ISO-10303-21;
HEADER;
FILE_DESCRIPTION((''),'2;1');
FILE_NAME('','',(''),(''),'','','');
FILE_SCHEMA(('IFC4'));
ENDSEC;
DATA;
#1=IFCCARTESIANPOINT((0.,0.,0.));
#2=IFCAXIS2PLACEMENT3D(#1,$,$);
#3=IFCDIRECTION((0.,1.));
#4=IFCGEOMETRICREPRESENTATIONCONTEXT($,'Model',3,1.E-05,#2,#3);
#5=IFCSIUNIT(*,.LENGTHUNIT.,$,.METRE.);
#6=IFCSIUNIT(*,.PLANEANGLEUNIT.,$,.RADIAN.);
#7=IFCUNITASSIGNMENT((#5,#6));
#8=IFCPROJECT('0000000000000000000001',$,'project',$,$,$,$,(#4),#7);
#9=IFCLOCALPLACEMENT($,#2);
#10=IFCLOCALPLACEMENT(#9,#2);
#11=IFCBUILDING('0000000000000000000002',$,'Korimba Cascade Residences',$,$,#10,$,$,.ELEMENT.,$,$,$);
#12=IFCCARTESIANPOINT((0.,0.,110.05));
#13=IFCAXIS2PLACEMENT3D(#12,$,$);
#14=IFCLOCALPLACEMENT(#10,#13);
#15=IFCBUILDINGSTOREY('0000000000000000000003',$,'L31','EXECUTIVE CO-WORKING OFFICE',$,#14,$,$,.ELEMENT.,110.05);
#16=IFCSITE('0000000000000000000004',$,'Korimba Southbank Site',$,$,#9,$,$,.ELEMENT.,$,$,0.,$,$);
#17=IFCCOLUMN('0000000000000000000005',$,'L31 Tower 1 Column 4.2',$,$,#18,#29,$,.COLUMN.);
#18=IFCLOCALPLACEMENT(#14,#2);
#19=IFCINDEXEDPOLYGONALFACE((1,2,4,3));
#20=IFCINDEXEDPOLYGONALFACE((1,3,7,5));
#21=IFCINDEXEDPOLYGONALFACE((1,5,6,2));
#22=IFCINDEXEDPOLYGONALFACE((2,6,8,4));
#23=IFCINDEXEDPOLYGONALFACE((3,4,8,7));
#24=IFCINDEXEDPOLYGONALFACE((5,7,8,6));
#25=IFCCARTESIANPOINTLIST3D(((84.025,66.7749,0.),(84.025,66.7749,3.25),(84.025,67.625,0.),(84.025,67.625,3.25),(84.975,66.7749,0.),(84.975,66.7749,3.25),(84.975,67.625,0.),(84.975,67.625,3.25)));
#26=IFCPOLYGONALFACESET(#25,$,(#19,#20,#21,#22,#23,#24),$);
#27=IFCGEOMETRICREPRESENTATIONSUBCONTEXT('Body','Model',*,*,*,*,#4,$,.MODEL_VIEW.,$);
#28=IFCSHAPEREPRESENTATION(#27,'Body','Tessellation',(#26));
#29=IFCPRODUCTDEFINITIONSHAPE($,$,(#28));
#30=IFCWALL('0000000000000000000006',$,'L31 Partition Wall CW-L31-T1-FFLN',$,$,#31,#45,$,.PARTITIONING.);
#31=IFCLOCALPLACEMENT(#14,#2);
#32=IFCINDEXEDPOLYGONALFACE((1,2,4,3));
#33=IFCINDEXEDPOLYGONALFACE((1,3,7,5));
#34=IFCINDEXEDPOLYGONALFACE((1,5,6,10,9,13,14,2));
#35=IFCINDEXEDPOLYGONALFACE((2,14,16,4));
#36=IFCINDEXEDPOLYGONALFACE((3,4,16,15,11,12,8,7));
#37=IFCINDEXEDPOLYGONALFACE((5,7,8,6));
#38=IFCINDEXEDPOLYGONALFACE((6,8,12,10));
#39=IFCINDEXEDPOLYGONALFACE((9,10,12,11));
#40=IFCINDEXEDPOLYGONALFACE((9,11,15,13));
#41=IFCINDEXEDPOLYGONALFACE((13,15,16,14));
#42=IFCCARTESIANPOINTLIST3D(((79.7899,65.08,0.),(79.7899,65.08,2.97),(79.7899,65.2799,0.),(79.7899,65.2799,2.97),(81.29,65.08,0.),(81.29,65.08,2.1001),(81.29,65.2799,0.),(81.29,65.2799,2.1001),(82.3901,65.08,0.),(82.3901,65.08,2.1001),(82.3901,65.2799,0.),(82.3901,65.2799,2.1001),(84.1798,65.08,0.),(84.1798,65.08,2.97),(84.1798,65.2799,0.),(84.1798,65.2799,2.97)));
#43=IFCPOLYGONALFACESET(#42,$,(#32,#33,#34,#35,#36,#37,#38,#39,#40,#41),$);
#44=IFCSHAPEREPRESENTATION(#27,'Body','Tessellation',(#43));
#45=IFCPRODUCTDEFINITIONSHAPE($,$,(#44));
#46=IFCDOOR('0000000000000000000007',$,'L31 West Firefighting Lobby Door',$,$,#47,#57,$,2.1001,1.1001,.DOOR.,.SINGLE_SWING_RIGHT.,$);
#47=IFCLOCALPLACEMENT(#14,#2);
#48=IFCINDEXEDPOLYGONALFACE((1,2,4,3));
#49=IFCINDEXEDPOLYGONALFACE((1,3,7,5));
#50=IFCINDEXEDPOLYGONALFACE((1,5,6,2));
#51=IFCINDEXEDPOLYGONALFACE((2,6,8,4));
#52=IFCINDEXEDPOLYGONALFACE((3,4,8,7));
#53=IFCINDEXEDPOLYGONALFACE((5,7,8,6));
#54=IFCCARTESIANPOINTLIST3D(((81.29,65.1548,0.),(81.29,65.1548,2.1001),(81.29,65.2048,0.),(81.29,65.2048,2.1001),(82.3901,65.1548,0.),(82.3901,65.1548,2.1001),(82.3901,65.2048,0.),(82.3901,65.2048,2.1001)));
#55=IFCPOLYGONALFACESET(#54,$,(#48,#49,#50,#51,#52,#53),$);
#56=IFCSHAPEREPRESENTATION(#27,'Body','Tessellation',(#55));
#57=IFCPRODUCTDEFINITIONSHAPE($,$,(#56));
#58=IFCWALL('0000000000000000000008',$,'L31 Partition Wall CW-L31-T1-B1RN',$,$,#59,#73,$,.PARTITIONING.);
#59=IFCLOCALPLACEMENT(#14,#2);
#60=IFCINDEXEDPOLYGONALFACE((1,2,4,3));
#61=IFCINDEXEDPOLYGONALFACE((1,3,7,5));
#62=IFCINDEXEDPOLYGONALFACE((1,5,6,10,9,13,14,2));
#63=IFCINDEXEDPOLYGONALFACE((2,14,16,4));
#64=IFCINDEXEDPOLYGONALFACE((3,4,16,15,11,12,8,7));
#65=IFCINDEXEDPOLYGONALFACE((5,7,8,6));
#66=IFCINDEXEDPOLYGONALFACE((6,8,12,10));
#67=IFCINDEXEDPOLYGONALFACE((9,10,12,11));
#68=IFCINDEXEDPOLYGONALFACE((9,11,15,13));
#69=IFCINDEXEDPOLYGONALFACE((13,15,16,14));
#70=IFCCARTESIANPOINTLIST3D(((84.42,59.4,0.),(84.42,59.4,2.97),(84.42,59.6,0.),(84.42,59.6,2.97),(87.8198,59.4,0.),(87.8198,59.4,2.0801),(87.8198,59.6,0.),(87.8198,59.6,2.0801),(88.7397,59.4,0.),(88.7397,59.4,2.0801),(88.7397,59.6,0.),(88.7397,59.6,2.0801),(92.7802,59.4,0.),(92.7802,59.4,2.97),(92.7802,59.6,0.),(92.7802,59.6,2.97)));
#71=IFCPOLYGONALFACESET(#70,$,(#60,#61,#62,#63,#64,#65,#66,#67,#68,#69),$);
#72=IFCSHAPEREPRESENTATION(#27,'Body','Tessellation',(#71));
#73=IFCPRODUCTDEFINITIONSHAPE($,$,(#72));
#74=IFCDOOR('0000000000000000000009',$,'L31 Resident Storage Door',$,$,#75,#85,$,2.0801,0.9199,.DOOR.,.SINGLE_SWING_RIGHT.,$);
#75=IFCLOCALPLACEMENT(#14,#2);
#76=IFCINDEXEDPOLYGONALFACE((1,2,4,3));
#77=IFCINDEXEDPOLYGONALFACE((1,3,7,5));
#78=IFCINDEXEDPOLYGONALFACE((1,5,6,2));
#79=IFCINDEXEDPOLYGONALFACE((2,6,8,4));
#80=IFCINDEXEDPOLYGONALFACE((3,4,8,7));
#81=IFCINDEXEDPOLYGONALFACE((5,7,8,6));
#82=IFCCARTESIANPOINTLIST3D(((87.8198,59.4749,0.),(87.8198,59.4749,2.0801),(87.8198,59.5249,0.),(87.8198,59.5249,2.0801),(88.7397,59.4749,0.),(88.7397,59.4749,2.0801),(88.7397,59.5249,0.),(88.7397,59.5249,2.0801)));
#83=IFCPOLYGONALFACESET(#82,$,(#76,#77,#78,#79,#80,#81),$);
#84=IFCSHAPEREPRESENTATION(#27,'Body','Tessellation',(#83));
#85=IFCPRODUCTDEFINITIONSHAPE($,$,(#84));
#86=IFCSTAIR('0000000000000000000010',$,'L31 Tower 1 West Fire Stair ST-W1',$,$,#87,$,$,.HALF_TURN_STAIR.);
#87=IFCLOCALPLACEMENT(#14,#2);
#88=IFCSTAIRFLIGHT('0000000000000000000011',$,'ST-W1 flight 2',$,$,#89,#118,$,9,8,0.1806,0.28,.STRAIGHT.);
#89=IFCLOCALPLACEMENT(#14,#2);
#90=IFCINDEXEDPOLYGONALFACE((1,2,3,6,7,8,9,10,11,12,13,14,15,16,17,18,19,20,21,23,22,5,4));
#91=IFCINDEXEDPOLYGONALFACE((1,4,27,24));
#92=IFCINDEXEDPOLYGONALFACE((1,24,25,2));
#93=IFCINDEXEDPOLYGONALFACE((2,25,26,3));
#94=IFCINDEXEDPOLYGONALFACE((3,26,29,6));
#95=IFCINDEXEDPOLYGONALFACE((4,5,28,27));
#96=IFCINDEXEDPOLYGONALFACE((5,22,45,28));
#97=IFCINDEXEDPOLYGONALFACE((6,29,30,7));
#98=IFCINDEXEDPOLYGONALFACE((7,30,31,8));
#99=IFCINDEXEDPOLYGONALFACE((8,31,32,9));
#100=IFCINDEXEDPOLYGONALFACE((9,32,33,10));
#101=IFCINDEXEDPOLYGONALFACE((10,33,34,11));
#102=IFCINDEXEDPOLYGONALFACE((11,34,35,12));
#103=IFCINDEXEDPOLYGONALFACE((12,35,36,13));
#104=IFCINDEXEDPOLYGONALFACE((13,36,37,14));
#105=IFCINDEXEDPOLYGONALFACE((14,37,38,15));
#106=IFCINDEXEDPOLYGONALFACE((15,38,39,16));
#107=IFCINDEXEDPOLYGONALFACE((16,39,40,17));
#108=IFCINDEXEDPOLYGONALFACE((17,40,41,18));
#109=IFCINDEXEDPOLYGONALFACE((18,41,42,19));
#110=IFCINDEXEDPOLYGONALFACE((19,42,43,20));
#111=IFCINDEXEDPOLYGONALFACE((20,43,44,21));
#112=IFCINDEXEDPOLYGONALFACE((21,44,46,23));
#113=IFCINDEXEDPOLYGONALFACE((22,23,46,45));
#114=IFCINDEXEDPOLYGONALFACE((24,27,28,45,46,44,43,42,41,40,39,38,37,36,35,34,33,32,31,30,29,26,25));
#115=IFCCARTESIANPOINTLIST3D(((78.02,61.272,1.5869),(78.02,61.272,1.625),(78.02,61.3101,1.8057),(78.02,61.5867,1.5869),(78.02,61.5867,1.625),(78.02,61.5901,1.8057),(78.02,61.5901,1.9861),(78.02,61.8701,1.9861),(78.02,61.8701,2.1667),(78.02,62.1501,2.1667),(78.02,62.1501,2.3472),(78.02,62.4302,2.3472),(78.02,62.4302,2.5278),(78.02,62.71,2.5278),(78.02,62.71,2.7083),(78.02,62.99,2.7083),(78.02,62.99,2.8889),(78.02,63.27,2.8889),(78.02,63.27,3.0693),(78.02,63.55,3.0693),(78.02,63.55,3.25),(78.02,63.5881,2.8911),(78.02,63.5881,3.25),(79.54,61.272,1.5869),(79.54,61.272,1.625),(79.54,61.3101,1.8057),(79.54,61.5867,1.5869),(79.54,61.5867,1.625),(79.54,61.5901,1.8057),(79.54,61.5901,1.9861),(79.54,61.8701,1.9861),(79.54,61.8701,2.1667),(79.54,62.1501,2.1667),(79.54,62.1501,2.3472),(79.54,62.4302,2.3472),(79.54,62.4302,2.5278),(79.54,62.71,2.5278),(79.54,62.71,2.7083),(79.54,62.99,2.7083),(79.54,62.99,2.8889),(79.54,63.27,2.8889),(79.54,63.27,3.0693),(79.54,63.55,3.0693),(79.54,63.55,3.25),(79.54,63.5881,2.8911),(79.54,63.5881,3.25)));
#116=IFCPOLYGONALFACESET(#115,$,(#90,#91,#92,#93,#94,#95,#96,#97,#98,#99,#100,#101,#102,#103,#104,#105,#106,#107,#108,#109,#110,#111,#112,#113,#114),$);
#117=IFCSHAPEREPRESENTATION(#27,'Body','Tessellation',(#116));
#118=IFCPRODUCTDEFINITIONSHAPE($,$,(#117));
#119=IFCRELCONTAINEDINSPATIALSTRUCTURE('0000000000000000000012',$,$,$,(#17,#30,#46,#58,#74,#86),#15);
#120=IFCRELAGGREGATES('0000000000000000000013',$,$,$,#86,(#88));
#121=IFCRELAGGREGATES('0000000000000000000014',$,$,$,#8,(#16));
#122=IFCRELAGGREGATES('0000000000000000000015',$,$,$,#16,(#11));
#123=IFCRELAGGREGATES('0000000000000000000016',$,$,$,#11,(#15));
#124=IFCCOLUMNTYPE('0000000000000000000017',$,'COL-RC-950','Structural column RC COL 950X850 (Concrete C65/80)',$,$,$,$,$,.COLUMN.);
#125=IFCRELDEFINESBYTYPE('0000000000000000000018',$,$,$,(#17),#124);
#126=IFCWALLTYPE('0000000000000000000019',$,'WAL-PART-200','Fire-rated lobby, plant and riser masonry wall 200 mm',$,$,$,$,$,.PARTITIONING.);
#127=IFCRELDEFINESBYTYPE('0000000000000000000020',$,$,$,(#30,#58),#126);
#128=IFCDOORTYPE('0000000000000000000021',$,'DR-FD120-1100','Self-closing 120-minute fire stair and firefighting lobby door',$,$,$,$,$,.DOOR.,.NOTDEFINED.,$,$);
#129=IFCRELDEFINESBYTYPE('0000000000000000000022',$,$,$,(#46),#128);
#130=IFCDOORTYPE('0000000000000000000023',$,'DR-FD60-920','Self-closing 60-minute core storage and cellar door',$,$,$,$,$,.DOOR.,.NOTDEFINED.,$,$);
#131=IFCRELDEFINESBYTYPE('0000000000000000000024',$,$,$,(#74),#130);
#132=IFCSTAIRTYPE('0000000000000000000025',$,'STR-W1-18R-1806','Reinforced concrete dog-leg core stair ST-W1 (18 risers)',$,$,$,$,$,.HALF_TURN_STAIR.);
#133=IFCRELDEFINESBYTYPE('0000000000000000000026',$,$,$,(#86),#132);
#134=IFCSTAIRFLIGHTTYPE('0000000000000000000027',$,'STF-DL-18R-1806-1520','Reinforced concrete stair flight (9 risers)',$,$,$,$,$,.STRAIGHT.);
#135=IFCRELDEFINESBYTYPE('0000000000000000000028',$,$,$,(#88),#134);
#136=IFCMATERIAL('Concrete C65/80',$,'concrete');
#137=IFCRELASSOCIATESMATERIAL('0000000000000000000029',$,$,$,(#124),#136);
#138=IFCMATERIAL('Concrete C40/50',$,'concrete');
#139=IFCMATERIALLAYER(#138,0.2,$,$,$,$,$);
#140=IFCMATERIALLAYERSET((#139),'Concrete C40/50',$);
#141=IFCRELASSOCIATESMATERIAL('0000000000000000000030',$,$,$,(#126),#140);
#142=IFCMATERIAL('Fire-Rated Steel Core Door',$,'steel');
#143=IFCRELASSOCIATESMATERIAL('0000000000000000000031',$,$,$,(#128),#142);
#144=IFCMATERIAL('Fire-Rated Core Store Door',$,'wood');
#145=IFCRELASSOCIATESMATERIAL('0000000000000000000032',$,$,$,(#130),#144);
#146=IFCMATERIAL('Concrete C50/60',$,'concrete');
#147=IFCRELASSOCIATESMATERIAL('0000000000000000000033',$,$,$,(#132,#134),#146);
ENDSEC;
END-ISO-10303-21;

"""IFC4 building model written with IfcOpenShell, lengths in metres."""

from ifc_helpers import new_model, si_unit, direction, frame, frame_2d, origin, origin_2d, place, context, subcontext, project, spatial, polyline, rectangle, outline, extrude, material, layer, layer_set, material_profile, profile_set, type_object, element, fill, aggregate, save


model = new_model("IFC4")

# Units and contexts
model_context = context("Model", 3, precision=1e-05, world=origin(), true_north=direction((0.0, 1.0)))
body_context = subcontext(model_context, "Body", "Model", "MODEL_VIEW")
ifc_project = project(units=[si_unit("LENGTHUNIT", "METRE"), si_unit("PLANEANGLEUNIT", "RADIAN")], contexts=[model_context])

# Site, building, storey
site_placement = place(None, origin())
site = spatial("IfcSite", under=ifc_project, at=site_placement, Name="Korimba Southbank Site", CompositionType="ELEMENT", RefElevation=0.0)
building_placement = place(site_placement, origin())
building = spatial("IfcBuilding", under=site, at=building_placement, Name="Korimba Cascade Residences", CompositionType="ELEMENT")
storey_placement = place(building_placement, frame((0.0, 0.0, 110.05)))
storey = spatial("IfcBuildingStorey", under=building, at=storey_placement, Name="L31", Description="EXECUTIVE CO-WORKING OFFICE", CompositionType="ELEMENT", Elevation=110.05)

# Column
ifc_material_1 = material(Name="Concrete C65/80", Category="concrete")
ifc_material_profile = material_profile(ifc_material_1, rectangle(XDim=0.95, YDim=0.8501, at=origin_2d()), Name="Concrete C65/80")
ifc_profile_set = profile_set([ifc_material_profile], Name="Concrete C65/80")
column_type = type_object("IfcColumnType", Name="COL-RC-950", Description="Structural column RC COL 950X850 (Concrete C65/80)", PredefinedType="COLUMN", material=ifc_profile_set)
column_placement = place(storey_placement, frame((84.5, 67.2, 0.0), z_axis=(0.0, 0.0, 1.0), x_axis=(1.0, 0.0, 0.0)))
element("IfcColumn", 1, at=column_placement, inside=storey, type_object=column_type, Name="L31 Tower 1 Column 4.2", PredefinedType="COLUMN", context=body_context, shape_type="SweptSolid", body=[
    extrude(rectangle(XDim=0.95, YDim=0.8501, at=origin_2d()), origin(), (0.0, 0.0, 1.0), 3.25),
])

# Walls, openings, doors
ifc_material_2 = material(Name="Concrete C40/50", Category="concrete")
ifc_layer = layer(ifc_material_2, 0.2)
ifc_layer_set = layer_set([ifc_layer], Name="Concrete C40/50")
wall_type = type_object("IfcWallType", Name="WAL-PART-200", Description="Fire-rated lobby, plant and riser masonry wall 200 mm", PredefinedType="PARTITIONING", material=ifc_layer_set)
wall_1_placement = place(storey_placement, frame((79.79, 65.1799, 0.0), z_axis=(0.0, 0.0, 1.0), x_axis=(1.0, 0.0, 0.0)))
wall_1 = element("IfcWall", 2, at=wall_1_placement, inside=storey, type_object=wall_type, Name="L31 Partition Wall CW-L31-T1-FFLN", PredefinedType="PARTITIONING", context=body_context, shape_type="SweptSolid", body=[
    extrude(rectangle(XDim=4.3899, YDim=0.2, at=frame_2d((2.1948, 0.0))), origin(), (0.0, 0.0, 1.0), 2.97),
])
opening_1_placement = place(wall_1_placement, frame((1.5, 0.0, 0.0)))
opening_1 = element("IfcOpeningElement", 3, at=opening_1_placement, cuts=wall_1, PredefinedType="OPENING", context=body_context, shape_type="SweptSolid", body=[
    extrude(rectangle(XDim=1.1001, YDim=2.1001, at=frame_2d((0.55, 1.05))), frame((0.0, 0.1099, 0.0), z_axis=(0.0, -1.0, 0.0), x_axis=(1.0, 0.0, 0.0)), (0.0, 0.0, 1.0), 0.22),
])
ifc_material_3 = material(Name="Fire-Rated Steel Core Door", Category="steel")
door_type_1 = type_object("IfcDoorType", Name="DR-FD120-1100", Description="Self-closing 120-minute fire stair and firefighting lobby door", OperationType="NOTDEFINED", PredefinedType="DOOR", material=ifc_material_3)
door_1_placement = place(opening_1_placement, origin())
door_1 = element("IfcDoor", 4, at=door_1_placement, inside=storey, type_object=door_type_1, Name="L31 West Firefighting Lobby Door", OperationType="SINGLE_SWING_RIGHT", OverallHeight=2.1001, OverallWidth=1.1001, PredefinedType="DOOR", context=body_context, shape_type="SweptSolid", body=[
    extrude(rectangle(XDim=1.1001, YDim=2.1001, at=frame_2d((0.55, 1.05))), frame((0.0, 0.0249, 0.0), z_axis=(0.0, -1.0, 0.0), x_axis=(1.0, 0.0, 0.0)), (0.0, 0.0, 1.0), 0.05),
])
fill(opening_1, door_1)
wall_2_placement = place(storey_placement, frame((84.4199, 59.5, 0.0), z_axis=(0.0, 0.0, 1.0), x_axis=(1.0, 0.0, 0.0)))
wall_2 = element("IfcWall", 5, at=wall_2_placement, inside=storey, type_object=wall_type, Name="L31 Partition Wall CW-L31-T1-B1RN", PredefinedType="PARTITIONING", context=body_context, shape_type="SweptSolid", body=[
    extrude(rectangle(XDim=8.3601, YDim=0.2, at=frame_2d((4.1802, 0.0))), origin(), (0.0, 0.0, 1.0), 2.97),
])
opening_2_placement = place(wall_2_placement, frame((3.3999, 0.0, 0.0)))
opening_2 = element("IfcOpeningElement", 6, at=opening_2_placement, cuts=wall_2, PredefinedType="OPENING", context=body_context, shape_type="SweptSolid", body=[
    extrude(rectangle(XDim=0.9199, YDim=2.0801, at=frame_2d((0.46, 1.04))), frame((0.0, 0.1099, 0.0), z_axis=(0.0, -1.0, 0.0), x_axis=(1.0, 0.0, 0.0)), (0.0, 0.0, 1.0), 0.22),
])
ifc_material_4 = material(Name="Fire-Rated Core Store Door", Category="wood")
door_type_2 = type_object("IfcDoorType", Name="DR-FD60-920", Description="Self-closing 60-minute core storage and cellar door", OperationType="NOTDEFINED", PredefinedType="DOOR", material=ifc_material_4)
door_2_placement = place(opening_2_placement, origin())
door_2 = element("IfcDoor", 7, at=door_2_placement, inside=storey, type_object=door_type_2, Name="L31 Resident Storage Door", OperationType="SINGLE_SWING_RIGHT", OverallHeight=2.0801, OverallWidth=0.9199, PredefinedType="DOOR", context=body_context, shape_type="SweptSolid", body=[
    extrude(rectangle(XDim=0.9199, YDim=2.0801, at=frame_2d((0.46, 1.04))), frame((0.0, 0.0249, 0.0), z_axis=(0.0, -1.0, 0.0), x_axis=(1.0, 0.0, 0.0)), (0.0, 0.0, 1.0), 0.05),
])
fill(opening_2, door_2)

# Stair, stair flight
ifc_material_5 = material(Name="Concrete C50/60", Category="concrete")
stair_type = type_object("IfcStairType", Name="STR-W1-18R-1806", Description="Reinforced concrete dog-leg core stair ST-W1 (18 risers)", PredefinedType="HALF_TURN_STAIR", material=ifc_material_5)
stair_placement = place(storey_placement, origin())
stair = element("IfcStair", 8, at=stair_placement, inside=storey, type_object=stair_type, Name="L31 Tower 1 West Fire Stair ST-W1", PredefinedType="HALF_TURN_STAIR")
stair_flight_type = type_object("IfcStairFlightType", Name="STF-DL-18R-1806-1520", Description="Reinforced concrete stair flight (9 risers)", PredefinedType="STRAIGHT", material=ifc_material_5)
stair_flight_placement = place(storey_placement, frame((78.78, 61.3101, 1.625), z_axis=(0.0, 0.0, 1.0), x_axis=(0.0, 1.0, 0.0)))
stair_flight = element("IfcStairFlight", 9, at=stair_flight_placement, type_object=stair_flight_type, Name="ST-W1 flight 2", NumberOfRisers=9, NumberOfTreads=8, PredefinedType="STRAIGHT", RiserHeight=0.1806, TreadLength=0.28, context=body_context, shape_type="SweptSolid", body=[
    extrude(outline(polyline([(-0.0381, 0.0), (0.0, 0.1807), (0.28, 0.1807), (0.28, 0.3611), (0.5601, 0.3611), (0.5601, 0.5417), (0.8401, 0.5417), (0.8401, 0.7222), (1.1201, 0.7222), (1.1201, 0.9028), (1.3999, 0.9028), (1.3999, 1.0833), (1.6799, 1.0833), (1.6799, 1.2639), (1.96, 1.2639), (1.96, 1.4443), (2.24, 1.4443), (2.24, 1.625), (2.2781, 1.625), (2.2781, 1.2661), (0.2766, 0.0), (0.2766, -0.0381), (-0.0381, -0.0381), (-0.0381, 0.0)])), frame((0.0, 0.76, 0.0), z_axis=(0.0, -1.0, 0.0), x_axis=(1.0, 0.0, 0.0)), (0.0, 0.0, 1.0), 1.52),
])
aggregate(stair, [stair_flight])

save(model, "model.ifc")
